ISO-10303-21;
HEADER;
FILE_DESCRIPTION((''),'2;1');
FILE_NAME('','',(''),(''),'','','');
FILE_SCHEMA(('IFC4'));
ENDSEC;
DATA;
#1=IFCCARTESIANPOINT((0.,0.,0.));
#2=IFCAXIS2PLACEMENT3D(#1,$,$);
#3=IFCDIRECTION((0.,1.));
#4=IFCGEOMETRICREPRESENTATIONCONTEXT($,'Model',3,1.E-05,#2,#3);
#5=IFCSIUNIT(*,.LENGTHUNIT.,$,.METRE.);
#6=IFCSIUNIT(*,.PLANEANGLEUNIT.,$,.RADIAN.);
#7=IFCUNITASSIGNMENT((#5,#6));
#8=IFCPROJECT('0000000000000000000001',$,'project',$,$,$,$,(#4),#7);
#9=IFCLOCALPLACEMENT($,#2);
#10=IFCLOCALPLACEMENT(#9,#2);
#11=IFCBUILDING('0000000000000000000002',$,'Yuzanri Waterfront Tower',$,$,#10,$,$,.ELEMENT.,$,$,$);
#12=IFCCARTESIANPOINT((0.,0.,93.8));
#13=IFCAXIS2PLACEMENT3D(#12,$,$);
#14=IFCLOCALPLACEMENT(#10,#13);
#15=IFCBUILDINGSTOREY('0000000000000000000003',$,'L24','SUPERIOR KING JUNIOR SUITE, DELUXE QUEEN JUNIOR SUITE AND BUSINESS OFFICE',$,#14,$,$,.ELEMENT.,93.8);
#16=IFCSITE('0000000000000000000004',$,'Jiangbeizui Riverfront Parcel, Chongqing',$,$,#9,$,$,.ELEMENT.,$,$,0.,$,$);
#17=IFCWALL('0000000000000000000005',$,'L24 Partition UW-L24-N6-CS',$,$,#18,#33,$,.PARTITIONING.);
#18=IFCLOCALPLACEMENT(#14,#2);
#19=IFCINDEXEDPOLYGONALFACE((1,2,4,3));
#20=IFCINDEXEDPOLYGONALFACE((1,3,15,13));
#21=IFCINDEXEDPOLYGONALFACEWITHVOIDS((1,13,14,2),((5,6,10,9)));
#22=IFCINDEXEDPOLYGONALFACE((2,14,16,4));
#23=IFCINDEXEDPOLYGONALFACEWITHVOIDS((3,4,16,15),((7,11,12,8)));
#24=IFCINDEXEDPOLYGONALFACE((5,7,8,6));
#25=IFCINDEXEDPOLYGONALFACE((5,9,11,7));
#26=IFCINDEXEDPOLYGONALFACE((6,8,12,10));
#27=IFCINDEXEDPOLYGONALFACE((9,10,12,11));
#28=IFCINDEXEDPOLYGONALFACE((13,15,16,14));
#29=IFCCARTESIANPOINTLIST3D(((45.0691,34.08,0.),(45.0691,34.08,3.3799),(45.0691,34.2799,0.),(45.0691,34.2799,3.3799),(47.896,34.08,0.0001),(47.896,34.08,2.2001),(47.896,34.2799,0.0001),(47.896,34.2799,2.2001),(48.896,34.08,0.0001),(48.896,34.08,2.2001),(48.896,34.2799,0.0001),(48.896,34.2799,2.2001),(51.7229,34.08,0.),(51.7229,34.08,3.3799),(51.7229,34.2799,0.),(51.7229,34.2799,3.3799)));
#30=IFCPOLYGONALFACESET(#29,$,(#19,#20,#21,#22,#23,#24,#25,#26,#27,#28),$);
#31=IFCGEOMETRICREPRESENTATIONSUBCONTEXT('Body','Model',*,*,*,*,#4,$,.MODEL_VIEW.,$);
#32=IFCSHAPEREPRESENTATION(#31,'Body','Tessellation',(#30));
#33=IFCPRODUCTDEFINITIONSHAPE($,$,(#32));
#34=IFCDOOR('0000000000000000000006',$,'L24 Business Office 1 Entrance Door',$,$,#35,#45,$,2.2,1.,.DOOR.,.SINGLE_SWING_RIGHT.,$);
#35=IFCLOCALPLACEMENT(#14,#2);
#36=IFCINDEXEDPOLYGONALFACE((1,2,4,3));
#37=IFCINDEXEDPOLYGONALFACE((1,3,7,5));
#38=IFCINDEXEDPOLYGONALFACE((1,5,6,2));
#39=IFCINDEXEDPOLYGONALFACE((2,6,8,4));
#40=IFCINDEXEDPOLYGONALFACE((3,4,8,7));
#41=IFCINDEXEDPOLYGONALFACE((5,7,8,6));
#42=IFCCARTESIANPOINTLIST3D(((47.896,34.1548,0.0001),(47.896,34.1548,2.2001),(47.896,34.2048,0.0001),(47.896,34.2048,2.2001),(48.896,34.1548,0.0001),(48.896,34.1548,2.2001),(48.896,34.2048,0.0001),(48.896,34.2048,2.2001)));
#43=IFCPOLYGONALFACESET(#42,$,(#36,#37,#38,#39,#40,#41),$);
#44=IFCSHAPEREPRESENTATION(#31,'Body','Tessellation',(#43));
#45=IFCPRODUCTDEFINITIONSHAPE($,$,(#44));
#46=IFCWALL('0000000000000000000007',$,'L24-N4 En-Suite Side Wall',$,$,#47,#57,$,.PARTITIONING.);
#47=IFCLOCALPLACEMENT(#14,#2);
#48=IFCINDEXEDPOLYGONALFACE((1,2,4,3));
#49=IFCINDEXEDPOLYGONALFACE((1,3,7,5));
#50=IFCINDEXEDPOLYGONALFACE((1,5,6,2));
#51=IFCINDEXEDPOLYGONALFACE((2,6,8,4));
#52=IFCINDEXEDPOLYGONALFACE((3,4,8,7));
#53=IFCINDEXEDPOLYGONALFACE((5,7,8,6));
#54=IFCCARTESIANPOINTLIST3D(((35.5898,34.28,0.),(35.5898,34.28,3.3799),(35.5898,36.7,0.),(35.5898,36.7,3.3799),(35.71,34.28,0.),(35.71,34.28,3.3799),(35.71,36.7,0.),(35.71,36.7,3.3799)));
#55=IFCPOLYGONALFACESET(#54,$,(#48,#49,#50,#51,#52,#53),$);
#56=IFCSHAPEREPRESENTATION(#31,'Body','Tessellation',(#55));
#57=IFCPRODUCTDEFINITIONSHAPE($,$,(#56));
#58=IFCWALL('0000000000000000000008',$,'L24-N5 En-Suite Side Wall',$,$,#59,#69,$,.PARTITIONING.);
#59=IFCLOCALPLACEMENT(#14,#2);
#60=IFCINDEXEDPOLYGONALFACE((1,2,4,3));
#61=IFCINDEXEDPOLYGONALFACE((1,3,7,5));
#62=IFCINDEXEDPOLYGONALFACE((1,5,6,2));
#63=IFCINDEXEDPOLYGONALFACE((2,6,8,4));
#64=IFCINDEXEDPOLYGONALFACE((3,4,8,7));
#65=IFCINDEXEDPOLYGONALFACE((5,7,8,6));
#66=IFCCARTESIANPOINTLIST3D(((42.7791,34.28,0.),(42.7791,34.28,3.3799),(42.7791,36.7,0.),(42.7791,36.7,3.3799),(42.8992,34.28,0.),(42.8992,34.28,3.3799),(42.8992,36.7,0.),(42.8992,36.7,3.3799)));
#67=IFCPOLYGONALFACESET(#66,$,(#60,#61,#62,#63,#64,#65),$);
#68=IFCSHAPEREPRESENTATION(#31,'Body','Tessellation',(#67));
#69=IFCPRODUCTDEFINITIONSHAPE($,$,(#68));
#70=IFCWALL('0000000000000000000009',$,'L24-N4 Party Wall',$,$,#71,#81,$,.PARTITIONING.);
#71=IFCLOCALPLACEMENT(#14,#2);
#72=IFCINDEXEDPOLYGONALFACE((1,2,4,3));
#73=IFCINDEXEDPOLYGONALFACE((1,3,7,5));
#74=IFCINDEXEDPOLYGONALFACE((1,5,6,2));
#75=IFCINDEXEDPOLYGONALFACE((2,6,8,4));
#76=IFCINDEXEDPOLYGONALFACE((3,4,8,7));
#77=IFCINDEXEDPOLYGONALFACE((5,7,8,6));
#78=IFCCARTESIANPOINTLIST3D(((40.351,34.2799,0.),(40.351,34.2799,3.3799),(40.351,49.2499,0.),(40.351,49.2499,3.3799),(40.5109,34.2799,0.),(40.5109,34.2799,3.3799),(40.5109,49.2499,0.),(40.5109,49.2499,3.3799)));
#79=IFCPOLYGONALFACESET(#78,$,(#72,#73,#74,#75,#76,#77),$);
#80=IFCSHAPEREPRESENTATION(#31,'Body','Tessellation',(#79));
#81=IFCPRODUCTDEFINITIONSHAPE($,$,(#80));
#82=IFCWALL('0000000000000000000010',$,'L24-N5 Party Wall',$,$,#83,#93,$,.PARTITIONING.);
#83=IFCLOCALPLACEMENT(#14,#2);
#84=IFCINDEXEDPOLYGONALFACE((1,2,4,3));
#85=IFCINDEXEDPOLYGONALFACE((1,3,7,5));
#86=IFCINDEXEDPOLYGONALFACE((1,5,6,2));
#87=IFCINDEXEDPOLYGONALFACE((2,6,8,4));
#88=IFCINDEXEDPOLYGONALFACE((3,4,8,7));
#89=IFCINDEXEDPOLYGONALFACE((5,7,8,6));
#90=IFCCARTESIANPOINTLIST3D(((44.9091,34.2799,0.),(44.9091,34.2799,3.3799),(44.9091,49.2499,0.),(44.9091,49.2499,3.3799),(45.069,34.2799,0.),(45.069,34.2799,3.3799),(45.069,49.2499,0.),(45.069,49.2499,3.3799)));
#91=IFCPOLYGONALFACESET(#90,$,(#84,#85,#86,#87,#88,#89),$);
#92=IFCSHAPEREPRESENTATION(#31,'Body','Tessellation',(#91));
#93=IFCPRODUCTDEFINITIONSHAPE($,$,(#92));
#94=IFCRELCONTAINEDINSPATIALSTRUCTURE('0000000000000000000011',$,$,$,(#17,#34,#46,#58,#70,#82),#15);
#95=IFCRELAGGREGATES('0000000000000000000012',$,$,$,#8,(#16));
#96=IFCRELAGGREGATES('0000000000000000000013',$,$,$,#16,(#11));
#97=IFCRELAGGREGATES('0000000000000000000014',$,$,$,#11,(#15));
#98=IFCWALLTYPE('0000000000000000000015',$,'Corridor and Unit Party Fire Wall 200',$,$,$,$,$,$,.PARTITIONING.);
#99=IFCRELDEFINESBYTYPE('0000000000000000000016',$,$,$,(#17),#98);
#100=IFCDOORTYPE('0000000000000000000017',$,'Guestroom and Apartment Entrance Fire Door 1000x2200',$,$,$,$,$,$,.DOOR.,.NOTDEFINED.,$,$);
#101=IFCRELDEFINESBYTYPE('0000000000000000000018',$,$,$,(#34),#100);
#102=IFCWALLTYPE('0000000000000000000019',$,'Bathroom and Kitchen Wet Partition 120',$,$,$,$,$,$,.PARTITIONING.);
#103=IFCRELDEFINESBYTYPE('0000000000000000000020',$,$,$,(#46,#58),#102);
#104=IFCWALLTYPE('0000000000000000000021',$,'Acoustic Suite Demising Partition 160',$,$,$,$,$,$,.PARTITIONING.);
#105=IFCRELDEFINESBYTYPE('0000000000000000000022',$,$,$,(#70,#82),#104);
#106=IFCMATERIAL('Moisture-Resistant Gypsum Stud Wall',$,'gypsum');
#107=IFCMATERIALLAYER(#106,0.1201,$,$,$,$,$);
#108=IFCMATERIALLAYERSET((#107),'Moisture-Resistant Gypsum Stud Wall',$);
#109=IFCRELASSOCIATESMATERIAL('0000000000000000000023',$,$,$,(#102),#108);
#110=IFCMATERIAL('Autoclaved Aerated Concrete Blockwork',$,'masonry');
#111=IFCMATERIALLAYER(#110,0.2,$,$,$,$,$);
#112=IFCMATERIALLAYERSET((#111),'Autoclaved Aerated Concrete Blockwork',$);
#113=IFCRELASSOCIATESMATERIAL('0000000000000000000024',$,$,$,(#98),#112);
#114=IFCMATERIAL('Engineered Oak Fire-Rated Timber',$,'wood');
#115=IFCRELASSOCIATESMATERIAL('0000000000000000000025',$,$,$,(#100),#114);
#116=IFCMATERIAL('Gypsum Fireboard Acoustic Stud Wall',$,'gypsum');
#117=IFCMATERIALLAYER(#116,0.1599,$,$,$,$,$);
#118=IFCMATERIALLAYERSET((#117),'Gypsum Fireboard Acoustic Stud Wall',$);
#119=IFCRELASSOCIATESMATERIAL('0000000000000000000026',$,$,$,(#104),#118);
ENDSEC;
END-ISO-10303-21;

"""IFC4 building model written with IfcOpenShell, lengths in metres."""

from ifc_helpers import new_model, si_unit, direction, frame, frame_2d, origin, place, context, subcontext, project, spatial, rectangle, extrude, source, transform, mapped, material, layer, layer_set, type_object, element, fill, save


model = new_model("IFC4")

# Units and contexts
model_context = context("Model", 3, precision=1e-05, world=origin(), true_north=direction((0.0, 1.0)))
body_context = subcontext(model_context, "Body", "Model", "MODEL_VIEW")
ifc_project = project(units=[si_unit("LENGTHUNIT", "METRE"), si_unit("PLANEANGLEUNIT", "RADIAN")], contexts=[model_context])

# Site, building, storey
site_placement = place(None, origin())
site = spatial("IfcSite", under=ifc_project, at=site_placement, Name="Jiangbeizui Riverfront Parcel, Chongqing", CompositionType="ELEMENT", RefElevation=0.0)
building_placement = place(site_placement, origin())
building = spatial("IfcBuilding", under=site, at=building_placement, Name="Yuzanri Waterfront Tower", CompositionType="ELEMENT")
storey_placement = place(building_placement, frame((0.0, 0.0, 93.8)))
storey = spatial("IfcBuildingStorey", under=building, at=storey_placement, Name="L24", Description="SUPERIOR KING JUNIOR SUITE, DELUXE QUEEN JUNIOR SUITE AND BUSINESS OFFICE", CompositionType="ELEMENT", Elevation=93.8)

# Wall, opening, door
ifc_material_1 = material(Name="Moisture-Resistant Gypsum Stud Wall", Category="gypsum")
ifc_layer_1 = layer(ifc_material_1, 0.1201)
ifc_layer_set_1 = layer_set([ifc_layer_1], Name="Moisture-Resistant Gypsum Stud Wall")
wall_type_1 = type_object("IfcWallType", Name="Bathroom and Kitchen Wet Partition 120", PredefinedType="PARTITIONING", material=ifc_layer_set_1)
ifc_material_2 = material(Name="Autoclaved Aerated Concrete Blockwork", Category="masonry")
ifc_layer_2 = layer(ifc_material_2, 0.2)
ifc_layer_set_2 = layer_set([ifc_layer_2], Name="Autoclaved Aerated Concrete Blockwork")
wall_type_2 = type_object("IfcWallType", Name="Corridor and Unit Party Fire Wall 200", PredefinedType="PARTITIONING", material=ifc_layer_set_2)
ifc_material_3 = material(Name="Engineered Oak Fire-Rated Timber", Category="wood")
door_type_1 = type_object("IfcDoorType", Name="Guestroom and Apartment Entrance Fire Door 1000x2200", OperationType="NOTDEFINED", PredefinedType="DOOR", material=ifc_material_3)
shared_shape_1 = source(origin(), body_context, "Body", "SweptSolid", [
    extrude(rectangle(XDim=1.0, YDim=2.2, at=frame_2d((0.5, 1.1001))), frame((0.0, 0.0249, 0.0), z_axis=(0.0, -1.0, 0.0), x_axis=(1.0, 0.0, 0.0)), (0.0, 0.0, 1.0), 0.05),
])
wall_1_placement = place(storey_placement, frame((45.0691, 34.1799, 0.0), z_axis=(0.0, 0.0, 1.0), x_axis=(1.0, 0.0, 0.0)))
wall_1 = element("IfcWall", 1, at=wall_1_placement, inside=storey, type_object=wall_type_2, Name="L24 Partition UW-L24-N6-CS", PredefinedType="PARTITIONING", context=body_context, shape_type="SweptSolid", body=[
    extrude(rectangle(XDim=6.6538, YDim=0.2, at=frame_2d((3.3269, 0.0))), origin(), (0.0, 0.0, 1.0), 3.3799),
])
opening_1_placement = place(wall_1_placement, frame((2.8269, 0.0, 0.0)))
opening_1 = element("IfcOpeningElement", 2, at=opening_1_placement, cuts=wall_1, PredefinedType="OPENING", context=body_context, shape_type="SweptSolid", body=[
    extrude(rectangle(XDim=1.0, YDim=2.2, at=frame_2d((0.5, 1.1001))), frame((0.0, 0.1147, 0.0), z_axis=(0.0, -1.0, 0.0), x_axis=(1.0, 0.0, 0.0)), (0.0, 0.0, 1.0), 0.2297),
])
door_1_placement = place(opening_1_placement, origin())
door_1 = element("IfcDoor", 3, at=door_1_placement, inside=storey, type_object=door_type_1, Name="L24 Business Office 1 Entrance Door", OperationType="SINGLE_SWING_RIGHT", OverallHeight=2.2, OverallWidth=1.0, PredefinedType="DOOR", context=body_context, shape_type="MappedRepresentation", body=[
    mapped(shared_shape_1, transform((0.0, 0.0, 0.0), scale=1.0)),
])
fill(opening_1, door_1)

# Walls
shared_shape_2 = source(origin(), body_context, "Body", "SweptSolid", [
    extrude(rectangle(XDim=2.4199, YDim=0.1201, at=frame_2d((1.21, 0.0))), origin(), (0.0, 0.0, 1.0), 3.3799),
])
for number, where, z_axis, x_axis, name in (
    (4, (35.6499, 34.28, 0.0), (0.0, 0.0, 1.0), (0.0, 1.0, 0.0), "L24-N4 En-Suite Side Wall"),
    (5, (42.8391, 34.28, 0.0), (0.0, 0.0, 1.0), (0.0, 1.0, 0.0), "L24-N5 En-Suite Side Wall"),
):
    element("IfcWall", number, at=place(storey_placement, frame(where, z_axis=z_axis, x_axis=x_axis)), inside=storey, type_object=wall_type_1, Name=name, PredefinedType="PARTITIONING", context=body_context, shape_type="MappedRepresentation", body=[
        mapped(shared_shape_2, transform((0.0, 0.0, 0.0), scale=1.0)),
    ])
ifc_material_4 = material(Name="Gypsum Fireboard Acoustic Stud Wall", Category="gypsum")
ifc_layer_3 = layer(ifc_material_4, 0.1599)
ifc_layer_set_3 = layer_set([ifc_layer_3], Name="Gypsum Fireboard Acoustic Stud Wall")
wall_type_3 = type_object("IfcWallType", Name="Acoustic Suite Demising Partition 160", PredefinedType="PARTITIONING", material=ifc_layer_set_3)
shared_shape_3 = source(origin(), body_context, "Body", "SweptSolid", [
    extrude(rectangle(XDim=14.97, YDim=0.1599, at=frame_2d((7.4849, 0.0))), origin(), (0.0, 0.0, 1.0), 3.3799),
])
for number, where, z_axis, x_axis, name in (
    (6, (40.4309, 34.28, 0.0), (0.0, 0.0, 1.0), (0.0, 1.0, 0.0), "L24-N4 Party Wall"),
    (7, (44.989, 34.28, 0.0), (0.0, 0.0, 1.0), (0.0, 1.0, 0.0), "L24-N5 Party Wall"),
):
    element("IfcWall", number, at=place(storey_placement, frame(where, z_axis=z_axis, x_axis=x_axis)), inside=storey, type_object=wall_type_3, Name=name, PredefinedType="PARTITIONING", context=body_context, shape_type="MappedRepresentation", body=[
        mapped(shared_shape_3, transform((0.0, 0.0, 0.0), scale=1.0)),
    ])

save(model, "model.ifc")
